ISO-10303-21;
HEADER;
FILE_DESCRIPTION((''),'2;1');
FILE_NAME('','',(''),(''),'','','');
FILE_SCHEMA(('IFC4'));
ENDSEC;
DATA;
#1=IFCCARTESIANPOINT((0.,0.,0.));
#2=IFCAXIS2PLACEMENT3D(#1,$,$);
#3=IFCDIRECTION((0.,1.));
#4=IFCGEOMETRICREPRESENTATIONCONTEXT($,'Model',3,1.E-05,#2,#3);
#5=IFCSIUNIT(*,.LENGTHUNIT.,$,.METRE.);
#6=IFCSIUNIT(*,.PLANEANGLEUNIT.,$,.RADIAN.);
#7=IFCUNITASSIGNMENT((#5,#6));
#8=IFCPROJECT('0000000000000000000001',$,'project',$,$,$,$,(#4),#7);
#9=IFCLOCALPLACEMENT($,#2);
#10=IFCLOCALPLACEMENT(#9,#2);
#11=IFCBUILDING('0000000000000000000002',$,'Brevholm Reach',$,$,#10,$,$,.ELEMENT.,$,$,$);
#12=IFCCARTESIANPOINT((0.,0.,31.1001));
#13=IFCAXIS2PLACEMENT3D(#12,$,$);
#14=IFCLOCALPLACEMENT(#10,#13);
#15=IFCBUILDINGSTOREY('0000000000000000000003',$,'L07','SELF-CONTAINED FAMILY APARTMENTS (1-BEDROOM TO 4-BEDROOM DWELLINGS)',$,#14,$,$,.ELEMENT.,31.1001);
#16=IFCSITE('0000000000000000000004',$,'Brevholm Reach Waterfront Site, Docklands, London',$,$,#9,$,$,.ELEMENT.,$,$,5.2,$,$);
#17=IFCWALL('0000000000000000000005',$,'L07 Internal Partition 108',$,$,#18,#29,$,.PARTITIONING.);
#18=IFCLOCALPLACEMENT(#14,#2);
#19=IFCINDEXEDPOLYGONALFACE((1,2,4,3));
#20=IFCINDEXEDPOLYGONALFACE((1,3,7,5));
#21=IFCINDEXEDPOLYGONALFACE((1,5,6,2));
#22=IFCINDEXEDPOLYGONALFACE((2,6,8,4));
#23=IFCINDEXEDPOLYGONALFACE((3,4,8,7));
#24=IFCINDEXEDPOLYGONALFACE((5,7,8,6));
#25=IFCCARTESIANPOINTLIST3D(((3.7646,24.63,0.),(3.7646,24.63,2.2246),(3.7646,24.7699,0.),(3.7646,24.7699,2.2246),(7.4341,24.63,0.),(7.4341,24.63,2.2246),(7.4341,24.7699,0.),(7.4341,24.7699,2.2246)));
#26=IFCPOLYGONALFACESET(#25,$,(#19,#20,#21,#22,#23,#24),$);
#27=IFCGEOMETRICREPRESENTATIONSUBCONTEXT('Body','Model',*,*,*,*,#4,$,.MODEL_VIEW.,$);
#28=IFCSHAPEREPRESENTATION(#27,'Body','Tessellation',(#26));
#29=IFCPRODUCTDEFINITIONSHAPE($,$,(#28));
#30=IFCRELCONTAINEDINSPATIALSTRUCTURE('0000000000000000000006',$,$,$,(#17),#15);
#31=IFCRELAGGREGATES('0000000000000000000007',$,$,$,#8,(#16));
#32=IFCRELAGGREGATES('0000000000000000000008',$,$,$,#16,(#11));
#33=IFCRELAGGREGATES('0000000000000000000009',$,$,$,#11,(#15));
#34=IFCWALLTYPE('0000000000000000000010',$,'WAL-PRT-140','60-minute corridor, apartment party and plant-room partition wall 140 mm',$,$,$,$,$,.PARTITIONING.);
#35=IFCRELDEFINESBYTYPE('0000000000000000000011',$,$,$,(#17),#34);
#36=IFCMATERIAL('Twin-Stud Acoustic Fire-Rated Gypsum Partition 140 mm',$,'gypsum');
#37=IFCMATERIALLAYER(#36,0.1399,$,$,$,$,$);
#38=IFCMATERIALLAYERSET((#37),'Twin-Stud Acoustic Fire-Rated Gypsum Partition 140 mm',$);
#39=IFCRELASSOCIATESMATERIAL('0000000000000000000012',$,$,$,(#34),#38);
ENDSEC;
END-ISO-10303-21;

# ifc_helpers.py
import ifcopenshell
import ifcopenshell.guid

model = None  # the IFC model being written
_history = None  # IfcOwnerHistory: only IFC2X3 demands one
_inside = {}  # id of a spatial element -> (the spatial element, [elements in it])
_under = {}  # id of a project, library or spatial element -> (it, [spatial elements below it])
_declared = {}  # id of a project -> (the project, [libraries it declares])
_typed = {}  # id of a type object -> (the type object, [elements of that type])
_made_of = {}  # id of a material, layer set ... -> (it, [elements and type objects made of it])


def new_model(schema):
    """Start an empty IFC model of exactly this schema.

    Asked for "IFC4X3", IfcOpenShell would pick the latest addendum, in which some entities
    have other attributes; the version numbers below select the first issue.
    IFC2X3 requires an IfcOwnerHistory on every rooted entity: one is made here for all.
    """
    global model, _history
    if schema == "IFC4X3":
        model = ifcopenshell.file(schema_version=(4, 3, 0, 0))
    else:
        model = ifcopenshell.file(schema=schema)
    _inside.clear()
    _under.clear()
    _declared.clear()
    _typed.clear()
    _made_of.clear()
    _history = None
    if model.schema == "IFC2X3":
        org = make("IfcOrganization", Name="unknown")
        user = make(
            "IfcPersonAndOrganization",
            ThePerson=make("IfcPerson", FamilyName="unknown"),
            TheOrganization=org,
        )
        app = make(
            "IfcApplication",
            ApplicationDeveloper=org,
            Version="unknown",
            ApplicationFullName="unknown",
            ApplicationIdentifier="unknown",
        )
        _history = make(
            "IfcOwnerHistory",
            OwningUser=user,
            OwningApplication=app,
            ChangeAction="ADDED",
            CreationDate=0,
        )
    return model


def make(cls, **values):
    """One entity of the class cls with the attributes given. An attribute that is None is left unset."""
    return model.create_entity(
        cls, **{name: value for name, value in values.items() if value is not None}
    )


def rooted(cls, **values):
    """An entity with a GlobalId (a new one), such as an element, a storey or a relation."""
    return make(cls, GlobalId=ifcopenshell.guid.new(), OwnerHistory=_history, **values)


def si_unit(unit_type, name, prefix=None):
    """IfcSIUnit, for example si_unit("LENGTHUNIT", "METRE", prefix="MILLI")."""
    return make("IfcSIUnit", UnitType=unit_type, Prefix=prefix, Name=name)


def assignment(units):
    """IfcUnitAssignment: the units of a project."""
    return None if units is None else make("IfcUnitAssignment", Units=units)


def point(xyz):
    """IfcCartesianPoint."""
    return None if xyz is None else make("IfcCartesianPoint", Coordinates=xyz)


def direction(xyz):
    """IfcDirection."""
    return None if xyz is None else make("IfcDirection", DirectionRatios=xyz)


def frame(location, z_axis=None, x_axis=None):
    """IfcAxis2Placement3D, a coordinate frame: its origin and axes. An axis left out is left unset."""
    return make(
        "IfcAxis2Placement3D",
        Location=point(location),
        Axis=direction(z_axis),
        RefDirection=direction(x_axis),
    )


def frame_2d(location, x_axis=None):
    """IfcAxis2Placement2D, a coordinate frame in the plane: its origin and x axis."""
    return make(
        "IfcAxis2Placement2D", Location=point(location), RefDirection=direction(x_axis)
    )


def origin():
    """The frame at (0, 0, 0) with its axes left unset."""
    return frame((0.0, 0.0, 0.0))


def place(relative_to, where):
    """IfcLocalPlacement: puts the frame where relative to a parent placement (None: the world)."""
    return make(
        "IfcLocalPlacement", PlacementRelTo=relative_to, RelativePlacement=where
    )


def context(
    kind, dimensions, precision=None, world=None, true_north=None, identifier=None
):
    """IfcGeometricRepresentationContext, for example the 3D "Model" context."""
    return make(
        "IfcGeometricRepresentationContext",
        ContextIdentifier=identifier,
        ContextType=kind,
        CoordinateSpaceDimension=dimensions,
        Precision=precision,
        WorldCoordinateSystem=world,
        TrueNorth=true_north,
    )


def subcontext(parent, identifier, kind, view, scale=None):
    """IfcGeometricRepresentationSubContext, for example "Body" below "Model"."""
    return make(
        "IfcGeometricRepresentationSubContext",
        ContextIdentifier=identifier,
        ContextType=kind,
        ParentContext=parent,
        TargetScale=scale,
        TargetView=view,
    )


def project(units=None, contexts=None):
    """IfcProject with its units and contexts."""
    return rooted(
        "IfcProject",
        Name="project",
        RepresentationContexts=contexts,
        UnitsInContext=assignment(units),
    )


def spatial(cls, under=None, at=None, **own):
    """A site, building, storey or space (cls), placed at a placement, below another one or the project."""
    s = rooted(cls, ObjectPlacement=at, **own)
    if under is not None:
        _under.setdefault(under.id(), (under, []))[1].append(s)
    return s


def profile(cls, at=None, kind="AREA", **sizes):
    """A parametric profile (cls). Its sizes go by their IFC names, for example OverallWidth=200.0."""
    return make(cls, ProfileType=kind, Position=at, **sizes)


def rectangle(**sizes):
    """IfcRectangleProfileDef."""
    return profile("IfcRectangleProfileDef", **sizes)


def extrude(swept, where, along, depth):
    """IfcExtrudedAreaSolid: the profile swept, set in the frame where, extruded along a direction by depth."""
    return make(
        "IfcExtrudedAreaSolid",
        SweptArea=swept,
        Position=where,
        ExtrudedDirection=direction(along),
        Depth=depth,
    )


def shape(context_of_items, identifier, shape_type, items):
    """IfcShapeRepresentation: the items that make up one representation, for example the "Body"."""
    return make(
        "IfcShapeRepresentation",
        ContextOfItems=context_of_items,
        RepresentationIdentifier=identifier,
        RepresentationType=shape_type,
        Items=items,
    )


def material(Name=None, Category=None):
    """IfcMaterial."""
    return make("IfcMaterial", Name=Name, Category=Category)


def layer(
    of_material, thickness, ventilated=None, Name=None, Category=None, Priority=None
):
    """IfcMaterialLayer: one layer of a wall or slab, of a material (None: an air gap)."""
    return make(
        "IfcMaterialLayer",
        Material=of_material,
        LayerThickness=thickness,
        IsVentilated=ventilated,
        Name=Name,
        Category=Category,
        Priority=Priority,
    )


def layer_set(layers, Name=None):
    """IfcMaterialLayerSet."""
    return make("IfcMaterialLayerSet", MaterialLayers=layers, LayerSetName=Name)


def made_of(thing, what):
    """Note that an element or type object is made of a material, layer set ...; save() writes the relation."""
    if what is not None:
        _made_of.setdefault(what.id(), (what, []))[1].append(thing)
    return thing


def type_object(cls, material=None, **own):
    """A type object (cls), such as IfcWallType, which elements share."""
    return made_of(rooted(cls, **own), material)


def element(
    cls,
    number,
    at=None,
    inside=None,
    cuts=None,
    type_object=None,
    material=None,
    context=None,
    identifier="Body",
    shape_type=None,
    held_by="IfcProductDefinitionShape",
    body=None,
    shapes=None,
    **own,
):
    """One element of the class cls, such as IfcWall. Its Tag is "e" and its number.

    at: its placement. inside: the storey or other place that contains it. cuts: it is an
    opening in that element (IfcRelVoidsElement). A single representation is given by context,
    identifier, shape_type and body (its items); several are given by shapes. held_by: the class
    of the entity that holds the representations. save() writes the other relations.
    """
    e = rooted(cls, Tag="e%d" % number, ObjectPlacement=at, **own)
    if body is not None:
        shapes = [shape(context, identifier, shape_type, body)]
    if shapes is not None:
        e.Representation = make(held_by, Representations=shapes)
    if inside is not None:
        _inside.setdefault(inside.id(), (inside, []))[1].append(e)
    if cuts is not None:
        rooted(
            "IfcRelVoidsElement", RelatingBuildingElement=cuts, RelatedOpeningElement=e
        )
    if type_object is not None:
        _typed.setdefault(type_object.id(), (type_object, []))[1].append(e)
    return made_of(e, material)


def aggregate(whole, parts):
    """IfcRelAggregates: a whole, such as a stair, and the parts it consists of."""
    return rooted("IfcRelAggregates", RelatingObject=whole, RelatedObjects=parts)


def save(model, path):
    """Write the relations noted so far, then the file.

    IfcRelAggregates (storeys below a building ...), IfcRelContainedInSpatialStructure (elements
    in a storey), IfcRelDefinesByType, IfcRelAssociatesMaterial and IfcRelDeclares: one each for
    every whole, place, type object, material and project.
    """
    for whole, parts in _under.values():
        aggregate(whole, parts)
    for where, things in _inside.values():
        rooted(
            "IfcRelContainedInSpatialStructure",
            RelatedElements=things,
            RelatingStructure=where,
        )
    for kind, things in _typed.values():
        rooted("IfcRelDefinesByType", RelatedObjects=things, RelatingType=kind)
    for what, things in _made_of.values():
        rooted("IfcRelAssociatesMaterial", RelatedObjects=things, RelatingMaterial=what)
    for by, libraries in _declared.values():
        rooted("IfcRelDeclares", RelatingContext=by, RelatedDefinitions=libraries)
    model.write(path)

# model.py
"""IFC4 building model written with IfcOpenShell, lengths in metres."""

from ifc_helpers import new_model, si_unit, direction, frame, frame_2d, origin, place, context, subcontext, project, spatial, rectangle, extrude, material, layer, layer_set, type_object, element, save


model = new_model("IFC4")

# Units and contexts
model_context = context("Model", 3, precision=1e-05, world=origin(), true_north=direction((0.0, 1.0)))
body_context = subcontext(model_context, "Body", "Model", "MODEL_VIEW")
ifc_project = project(units=[si_unit("LENGTHUNIT", "METRE"), si_unit("PLANEANGLEUNIT", "RADIAN")], contexts=[model_context])

# Site, building, storey
site_placement = place(None, origin())
site = spatial("IfcSite", under=ifc_project, at=site_placement, Name="Brevholm Reach Waterfront Site, Docklands, London", CompositionType="ELEMENT", RefElevation=5.2)
building_placement = place(site_placement, origin())
building = spatial("IfcBuilding", under=site, at=building_placement, Name="Brevholm Reach", CompositionType="ELEMENT")
storey_placement = place(building_placement, frame((0.0, 0.0, 31.1001)))
storey = spatial("IfcBuildingStorey", under=building, at=storey_placement, Name="L07", Description="SELF-CONTAINED FAMILY APARTMENTS (1-BEDROOM TO 4-BEDROOM DWELLINGS)", CompositionType="ELEMENT", Elevation=31.1001)

# Wall
ifc_material_1 = material(Name="Twin-Stud Acoustic Fire-Rated Gypsum Partition 140 mm", Category="gypsum")
ifc_layer_1 = layer(ifc_material_1, 0.1399)
ifc_layer_set_1 = layer_set([ifc_layer_1], Name="Twin-Stud Acoustic Fire-Rated Gypsum Partition 140 mm")
wall_type_1 = type_object("IfcWallType", Name="WAL-PRT-140", Description="60-minute corridor, apartment party and plant-room partition wall 140 mm", PredefinedType="PARTITIONING", material=ifc_layer_set_1)
wall_1_placement = place(storey_placement, frame((3.7646, 24.7, 0.0), z_axis=(0.0, 0.0, 1.0), x_axis=(1.0, 0.0, 0.0)))
element("IfcWall", 1, at=wall_1_placement, inside=storey, type_object=wall_type_1, Name="L07 Internal Partition 108", PredefinedType="PARTITIONING", context=body_context, shape_type="SweptSolid", body=[
    extrude(rectangle(XDim=3.6694, YDim=0.1399, at=frame_2d((1.8347, 0.0))), origin(), (0.0, 0.0, 1.0), 2.2246),
])

save(model, "model.ifc")
